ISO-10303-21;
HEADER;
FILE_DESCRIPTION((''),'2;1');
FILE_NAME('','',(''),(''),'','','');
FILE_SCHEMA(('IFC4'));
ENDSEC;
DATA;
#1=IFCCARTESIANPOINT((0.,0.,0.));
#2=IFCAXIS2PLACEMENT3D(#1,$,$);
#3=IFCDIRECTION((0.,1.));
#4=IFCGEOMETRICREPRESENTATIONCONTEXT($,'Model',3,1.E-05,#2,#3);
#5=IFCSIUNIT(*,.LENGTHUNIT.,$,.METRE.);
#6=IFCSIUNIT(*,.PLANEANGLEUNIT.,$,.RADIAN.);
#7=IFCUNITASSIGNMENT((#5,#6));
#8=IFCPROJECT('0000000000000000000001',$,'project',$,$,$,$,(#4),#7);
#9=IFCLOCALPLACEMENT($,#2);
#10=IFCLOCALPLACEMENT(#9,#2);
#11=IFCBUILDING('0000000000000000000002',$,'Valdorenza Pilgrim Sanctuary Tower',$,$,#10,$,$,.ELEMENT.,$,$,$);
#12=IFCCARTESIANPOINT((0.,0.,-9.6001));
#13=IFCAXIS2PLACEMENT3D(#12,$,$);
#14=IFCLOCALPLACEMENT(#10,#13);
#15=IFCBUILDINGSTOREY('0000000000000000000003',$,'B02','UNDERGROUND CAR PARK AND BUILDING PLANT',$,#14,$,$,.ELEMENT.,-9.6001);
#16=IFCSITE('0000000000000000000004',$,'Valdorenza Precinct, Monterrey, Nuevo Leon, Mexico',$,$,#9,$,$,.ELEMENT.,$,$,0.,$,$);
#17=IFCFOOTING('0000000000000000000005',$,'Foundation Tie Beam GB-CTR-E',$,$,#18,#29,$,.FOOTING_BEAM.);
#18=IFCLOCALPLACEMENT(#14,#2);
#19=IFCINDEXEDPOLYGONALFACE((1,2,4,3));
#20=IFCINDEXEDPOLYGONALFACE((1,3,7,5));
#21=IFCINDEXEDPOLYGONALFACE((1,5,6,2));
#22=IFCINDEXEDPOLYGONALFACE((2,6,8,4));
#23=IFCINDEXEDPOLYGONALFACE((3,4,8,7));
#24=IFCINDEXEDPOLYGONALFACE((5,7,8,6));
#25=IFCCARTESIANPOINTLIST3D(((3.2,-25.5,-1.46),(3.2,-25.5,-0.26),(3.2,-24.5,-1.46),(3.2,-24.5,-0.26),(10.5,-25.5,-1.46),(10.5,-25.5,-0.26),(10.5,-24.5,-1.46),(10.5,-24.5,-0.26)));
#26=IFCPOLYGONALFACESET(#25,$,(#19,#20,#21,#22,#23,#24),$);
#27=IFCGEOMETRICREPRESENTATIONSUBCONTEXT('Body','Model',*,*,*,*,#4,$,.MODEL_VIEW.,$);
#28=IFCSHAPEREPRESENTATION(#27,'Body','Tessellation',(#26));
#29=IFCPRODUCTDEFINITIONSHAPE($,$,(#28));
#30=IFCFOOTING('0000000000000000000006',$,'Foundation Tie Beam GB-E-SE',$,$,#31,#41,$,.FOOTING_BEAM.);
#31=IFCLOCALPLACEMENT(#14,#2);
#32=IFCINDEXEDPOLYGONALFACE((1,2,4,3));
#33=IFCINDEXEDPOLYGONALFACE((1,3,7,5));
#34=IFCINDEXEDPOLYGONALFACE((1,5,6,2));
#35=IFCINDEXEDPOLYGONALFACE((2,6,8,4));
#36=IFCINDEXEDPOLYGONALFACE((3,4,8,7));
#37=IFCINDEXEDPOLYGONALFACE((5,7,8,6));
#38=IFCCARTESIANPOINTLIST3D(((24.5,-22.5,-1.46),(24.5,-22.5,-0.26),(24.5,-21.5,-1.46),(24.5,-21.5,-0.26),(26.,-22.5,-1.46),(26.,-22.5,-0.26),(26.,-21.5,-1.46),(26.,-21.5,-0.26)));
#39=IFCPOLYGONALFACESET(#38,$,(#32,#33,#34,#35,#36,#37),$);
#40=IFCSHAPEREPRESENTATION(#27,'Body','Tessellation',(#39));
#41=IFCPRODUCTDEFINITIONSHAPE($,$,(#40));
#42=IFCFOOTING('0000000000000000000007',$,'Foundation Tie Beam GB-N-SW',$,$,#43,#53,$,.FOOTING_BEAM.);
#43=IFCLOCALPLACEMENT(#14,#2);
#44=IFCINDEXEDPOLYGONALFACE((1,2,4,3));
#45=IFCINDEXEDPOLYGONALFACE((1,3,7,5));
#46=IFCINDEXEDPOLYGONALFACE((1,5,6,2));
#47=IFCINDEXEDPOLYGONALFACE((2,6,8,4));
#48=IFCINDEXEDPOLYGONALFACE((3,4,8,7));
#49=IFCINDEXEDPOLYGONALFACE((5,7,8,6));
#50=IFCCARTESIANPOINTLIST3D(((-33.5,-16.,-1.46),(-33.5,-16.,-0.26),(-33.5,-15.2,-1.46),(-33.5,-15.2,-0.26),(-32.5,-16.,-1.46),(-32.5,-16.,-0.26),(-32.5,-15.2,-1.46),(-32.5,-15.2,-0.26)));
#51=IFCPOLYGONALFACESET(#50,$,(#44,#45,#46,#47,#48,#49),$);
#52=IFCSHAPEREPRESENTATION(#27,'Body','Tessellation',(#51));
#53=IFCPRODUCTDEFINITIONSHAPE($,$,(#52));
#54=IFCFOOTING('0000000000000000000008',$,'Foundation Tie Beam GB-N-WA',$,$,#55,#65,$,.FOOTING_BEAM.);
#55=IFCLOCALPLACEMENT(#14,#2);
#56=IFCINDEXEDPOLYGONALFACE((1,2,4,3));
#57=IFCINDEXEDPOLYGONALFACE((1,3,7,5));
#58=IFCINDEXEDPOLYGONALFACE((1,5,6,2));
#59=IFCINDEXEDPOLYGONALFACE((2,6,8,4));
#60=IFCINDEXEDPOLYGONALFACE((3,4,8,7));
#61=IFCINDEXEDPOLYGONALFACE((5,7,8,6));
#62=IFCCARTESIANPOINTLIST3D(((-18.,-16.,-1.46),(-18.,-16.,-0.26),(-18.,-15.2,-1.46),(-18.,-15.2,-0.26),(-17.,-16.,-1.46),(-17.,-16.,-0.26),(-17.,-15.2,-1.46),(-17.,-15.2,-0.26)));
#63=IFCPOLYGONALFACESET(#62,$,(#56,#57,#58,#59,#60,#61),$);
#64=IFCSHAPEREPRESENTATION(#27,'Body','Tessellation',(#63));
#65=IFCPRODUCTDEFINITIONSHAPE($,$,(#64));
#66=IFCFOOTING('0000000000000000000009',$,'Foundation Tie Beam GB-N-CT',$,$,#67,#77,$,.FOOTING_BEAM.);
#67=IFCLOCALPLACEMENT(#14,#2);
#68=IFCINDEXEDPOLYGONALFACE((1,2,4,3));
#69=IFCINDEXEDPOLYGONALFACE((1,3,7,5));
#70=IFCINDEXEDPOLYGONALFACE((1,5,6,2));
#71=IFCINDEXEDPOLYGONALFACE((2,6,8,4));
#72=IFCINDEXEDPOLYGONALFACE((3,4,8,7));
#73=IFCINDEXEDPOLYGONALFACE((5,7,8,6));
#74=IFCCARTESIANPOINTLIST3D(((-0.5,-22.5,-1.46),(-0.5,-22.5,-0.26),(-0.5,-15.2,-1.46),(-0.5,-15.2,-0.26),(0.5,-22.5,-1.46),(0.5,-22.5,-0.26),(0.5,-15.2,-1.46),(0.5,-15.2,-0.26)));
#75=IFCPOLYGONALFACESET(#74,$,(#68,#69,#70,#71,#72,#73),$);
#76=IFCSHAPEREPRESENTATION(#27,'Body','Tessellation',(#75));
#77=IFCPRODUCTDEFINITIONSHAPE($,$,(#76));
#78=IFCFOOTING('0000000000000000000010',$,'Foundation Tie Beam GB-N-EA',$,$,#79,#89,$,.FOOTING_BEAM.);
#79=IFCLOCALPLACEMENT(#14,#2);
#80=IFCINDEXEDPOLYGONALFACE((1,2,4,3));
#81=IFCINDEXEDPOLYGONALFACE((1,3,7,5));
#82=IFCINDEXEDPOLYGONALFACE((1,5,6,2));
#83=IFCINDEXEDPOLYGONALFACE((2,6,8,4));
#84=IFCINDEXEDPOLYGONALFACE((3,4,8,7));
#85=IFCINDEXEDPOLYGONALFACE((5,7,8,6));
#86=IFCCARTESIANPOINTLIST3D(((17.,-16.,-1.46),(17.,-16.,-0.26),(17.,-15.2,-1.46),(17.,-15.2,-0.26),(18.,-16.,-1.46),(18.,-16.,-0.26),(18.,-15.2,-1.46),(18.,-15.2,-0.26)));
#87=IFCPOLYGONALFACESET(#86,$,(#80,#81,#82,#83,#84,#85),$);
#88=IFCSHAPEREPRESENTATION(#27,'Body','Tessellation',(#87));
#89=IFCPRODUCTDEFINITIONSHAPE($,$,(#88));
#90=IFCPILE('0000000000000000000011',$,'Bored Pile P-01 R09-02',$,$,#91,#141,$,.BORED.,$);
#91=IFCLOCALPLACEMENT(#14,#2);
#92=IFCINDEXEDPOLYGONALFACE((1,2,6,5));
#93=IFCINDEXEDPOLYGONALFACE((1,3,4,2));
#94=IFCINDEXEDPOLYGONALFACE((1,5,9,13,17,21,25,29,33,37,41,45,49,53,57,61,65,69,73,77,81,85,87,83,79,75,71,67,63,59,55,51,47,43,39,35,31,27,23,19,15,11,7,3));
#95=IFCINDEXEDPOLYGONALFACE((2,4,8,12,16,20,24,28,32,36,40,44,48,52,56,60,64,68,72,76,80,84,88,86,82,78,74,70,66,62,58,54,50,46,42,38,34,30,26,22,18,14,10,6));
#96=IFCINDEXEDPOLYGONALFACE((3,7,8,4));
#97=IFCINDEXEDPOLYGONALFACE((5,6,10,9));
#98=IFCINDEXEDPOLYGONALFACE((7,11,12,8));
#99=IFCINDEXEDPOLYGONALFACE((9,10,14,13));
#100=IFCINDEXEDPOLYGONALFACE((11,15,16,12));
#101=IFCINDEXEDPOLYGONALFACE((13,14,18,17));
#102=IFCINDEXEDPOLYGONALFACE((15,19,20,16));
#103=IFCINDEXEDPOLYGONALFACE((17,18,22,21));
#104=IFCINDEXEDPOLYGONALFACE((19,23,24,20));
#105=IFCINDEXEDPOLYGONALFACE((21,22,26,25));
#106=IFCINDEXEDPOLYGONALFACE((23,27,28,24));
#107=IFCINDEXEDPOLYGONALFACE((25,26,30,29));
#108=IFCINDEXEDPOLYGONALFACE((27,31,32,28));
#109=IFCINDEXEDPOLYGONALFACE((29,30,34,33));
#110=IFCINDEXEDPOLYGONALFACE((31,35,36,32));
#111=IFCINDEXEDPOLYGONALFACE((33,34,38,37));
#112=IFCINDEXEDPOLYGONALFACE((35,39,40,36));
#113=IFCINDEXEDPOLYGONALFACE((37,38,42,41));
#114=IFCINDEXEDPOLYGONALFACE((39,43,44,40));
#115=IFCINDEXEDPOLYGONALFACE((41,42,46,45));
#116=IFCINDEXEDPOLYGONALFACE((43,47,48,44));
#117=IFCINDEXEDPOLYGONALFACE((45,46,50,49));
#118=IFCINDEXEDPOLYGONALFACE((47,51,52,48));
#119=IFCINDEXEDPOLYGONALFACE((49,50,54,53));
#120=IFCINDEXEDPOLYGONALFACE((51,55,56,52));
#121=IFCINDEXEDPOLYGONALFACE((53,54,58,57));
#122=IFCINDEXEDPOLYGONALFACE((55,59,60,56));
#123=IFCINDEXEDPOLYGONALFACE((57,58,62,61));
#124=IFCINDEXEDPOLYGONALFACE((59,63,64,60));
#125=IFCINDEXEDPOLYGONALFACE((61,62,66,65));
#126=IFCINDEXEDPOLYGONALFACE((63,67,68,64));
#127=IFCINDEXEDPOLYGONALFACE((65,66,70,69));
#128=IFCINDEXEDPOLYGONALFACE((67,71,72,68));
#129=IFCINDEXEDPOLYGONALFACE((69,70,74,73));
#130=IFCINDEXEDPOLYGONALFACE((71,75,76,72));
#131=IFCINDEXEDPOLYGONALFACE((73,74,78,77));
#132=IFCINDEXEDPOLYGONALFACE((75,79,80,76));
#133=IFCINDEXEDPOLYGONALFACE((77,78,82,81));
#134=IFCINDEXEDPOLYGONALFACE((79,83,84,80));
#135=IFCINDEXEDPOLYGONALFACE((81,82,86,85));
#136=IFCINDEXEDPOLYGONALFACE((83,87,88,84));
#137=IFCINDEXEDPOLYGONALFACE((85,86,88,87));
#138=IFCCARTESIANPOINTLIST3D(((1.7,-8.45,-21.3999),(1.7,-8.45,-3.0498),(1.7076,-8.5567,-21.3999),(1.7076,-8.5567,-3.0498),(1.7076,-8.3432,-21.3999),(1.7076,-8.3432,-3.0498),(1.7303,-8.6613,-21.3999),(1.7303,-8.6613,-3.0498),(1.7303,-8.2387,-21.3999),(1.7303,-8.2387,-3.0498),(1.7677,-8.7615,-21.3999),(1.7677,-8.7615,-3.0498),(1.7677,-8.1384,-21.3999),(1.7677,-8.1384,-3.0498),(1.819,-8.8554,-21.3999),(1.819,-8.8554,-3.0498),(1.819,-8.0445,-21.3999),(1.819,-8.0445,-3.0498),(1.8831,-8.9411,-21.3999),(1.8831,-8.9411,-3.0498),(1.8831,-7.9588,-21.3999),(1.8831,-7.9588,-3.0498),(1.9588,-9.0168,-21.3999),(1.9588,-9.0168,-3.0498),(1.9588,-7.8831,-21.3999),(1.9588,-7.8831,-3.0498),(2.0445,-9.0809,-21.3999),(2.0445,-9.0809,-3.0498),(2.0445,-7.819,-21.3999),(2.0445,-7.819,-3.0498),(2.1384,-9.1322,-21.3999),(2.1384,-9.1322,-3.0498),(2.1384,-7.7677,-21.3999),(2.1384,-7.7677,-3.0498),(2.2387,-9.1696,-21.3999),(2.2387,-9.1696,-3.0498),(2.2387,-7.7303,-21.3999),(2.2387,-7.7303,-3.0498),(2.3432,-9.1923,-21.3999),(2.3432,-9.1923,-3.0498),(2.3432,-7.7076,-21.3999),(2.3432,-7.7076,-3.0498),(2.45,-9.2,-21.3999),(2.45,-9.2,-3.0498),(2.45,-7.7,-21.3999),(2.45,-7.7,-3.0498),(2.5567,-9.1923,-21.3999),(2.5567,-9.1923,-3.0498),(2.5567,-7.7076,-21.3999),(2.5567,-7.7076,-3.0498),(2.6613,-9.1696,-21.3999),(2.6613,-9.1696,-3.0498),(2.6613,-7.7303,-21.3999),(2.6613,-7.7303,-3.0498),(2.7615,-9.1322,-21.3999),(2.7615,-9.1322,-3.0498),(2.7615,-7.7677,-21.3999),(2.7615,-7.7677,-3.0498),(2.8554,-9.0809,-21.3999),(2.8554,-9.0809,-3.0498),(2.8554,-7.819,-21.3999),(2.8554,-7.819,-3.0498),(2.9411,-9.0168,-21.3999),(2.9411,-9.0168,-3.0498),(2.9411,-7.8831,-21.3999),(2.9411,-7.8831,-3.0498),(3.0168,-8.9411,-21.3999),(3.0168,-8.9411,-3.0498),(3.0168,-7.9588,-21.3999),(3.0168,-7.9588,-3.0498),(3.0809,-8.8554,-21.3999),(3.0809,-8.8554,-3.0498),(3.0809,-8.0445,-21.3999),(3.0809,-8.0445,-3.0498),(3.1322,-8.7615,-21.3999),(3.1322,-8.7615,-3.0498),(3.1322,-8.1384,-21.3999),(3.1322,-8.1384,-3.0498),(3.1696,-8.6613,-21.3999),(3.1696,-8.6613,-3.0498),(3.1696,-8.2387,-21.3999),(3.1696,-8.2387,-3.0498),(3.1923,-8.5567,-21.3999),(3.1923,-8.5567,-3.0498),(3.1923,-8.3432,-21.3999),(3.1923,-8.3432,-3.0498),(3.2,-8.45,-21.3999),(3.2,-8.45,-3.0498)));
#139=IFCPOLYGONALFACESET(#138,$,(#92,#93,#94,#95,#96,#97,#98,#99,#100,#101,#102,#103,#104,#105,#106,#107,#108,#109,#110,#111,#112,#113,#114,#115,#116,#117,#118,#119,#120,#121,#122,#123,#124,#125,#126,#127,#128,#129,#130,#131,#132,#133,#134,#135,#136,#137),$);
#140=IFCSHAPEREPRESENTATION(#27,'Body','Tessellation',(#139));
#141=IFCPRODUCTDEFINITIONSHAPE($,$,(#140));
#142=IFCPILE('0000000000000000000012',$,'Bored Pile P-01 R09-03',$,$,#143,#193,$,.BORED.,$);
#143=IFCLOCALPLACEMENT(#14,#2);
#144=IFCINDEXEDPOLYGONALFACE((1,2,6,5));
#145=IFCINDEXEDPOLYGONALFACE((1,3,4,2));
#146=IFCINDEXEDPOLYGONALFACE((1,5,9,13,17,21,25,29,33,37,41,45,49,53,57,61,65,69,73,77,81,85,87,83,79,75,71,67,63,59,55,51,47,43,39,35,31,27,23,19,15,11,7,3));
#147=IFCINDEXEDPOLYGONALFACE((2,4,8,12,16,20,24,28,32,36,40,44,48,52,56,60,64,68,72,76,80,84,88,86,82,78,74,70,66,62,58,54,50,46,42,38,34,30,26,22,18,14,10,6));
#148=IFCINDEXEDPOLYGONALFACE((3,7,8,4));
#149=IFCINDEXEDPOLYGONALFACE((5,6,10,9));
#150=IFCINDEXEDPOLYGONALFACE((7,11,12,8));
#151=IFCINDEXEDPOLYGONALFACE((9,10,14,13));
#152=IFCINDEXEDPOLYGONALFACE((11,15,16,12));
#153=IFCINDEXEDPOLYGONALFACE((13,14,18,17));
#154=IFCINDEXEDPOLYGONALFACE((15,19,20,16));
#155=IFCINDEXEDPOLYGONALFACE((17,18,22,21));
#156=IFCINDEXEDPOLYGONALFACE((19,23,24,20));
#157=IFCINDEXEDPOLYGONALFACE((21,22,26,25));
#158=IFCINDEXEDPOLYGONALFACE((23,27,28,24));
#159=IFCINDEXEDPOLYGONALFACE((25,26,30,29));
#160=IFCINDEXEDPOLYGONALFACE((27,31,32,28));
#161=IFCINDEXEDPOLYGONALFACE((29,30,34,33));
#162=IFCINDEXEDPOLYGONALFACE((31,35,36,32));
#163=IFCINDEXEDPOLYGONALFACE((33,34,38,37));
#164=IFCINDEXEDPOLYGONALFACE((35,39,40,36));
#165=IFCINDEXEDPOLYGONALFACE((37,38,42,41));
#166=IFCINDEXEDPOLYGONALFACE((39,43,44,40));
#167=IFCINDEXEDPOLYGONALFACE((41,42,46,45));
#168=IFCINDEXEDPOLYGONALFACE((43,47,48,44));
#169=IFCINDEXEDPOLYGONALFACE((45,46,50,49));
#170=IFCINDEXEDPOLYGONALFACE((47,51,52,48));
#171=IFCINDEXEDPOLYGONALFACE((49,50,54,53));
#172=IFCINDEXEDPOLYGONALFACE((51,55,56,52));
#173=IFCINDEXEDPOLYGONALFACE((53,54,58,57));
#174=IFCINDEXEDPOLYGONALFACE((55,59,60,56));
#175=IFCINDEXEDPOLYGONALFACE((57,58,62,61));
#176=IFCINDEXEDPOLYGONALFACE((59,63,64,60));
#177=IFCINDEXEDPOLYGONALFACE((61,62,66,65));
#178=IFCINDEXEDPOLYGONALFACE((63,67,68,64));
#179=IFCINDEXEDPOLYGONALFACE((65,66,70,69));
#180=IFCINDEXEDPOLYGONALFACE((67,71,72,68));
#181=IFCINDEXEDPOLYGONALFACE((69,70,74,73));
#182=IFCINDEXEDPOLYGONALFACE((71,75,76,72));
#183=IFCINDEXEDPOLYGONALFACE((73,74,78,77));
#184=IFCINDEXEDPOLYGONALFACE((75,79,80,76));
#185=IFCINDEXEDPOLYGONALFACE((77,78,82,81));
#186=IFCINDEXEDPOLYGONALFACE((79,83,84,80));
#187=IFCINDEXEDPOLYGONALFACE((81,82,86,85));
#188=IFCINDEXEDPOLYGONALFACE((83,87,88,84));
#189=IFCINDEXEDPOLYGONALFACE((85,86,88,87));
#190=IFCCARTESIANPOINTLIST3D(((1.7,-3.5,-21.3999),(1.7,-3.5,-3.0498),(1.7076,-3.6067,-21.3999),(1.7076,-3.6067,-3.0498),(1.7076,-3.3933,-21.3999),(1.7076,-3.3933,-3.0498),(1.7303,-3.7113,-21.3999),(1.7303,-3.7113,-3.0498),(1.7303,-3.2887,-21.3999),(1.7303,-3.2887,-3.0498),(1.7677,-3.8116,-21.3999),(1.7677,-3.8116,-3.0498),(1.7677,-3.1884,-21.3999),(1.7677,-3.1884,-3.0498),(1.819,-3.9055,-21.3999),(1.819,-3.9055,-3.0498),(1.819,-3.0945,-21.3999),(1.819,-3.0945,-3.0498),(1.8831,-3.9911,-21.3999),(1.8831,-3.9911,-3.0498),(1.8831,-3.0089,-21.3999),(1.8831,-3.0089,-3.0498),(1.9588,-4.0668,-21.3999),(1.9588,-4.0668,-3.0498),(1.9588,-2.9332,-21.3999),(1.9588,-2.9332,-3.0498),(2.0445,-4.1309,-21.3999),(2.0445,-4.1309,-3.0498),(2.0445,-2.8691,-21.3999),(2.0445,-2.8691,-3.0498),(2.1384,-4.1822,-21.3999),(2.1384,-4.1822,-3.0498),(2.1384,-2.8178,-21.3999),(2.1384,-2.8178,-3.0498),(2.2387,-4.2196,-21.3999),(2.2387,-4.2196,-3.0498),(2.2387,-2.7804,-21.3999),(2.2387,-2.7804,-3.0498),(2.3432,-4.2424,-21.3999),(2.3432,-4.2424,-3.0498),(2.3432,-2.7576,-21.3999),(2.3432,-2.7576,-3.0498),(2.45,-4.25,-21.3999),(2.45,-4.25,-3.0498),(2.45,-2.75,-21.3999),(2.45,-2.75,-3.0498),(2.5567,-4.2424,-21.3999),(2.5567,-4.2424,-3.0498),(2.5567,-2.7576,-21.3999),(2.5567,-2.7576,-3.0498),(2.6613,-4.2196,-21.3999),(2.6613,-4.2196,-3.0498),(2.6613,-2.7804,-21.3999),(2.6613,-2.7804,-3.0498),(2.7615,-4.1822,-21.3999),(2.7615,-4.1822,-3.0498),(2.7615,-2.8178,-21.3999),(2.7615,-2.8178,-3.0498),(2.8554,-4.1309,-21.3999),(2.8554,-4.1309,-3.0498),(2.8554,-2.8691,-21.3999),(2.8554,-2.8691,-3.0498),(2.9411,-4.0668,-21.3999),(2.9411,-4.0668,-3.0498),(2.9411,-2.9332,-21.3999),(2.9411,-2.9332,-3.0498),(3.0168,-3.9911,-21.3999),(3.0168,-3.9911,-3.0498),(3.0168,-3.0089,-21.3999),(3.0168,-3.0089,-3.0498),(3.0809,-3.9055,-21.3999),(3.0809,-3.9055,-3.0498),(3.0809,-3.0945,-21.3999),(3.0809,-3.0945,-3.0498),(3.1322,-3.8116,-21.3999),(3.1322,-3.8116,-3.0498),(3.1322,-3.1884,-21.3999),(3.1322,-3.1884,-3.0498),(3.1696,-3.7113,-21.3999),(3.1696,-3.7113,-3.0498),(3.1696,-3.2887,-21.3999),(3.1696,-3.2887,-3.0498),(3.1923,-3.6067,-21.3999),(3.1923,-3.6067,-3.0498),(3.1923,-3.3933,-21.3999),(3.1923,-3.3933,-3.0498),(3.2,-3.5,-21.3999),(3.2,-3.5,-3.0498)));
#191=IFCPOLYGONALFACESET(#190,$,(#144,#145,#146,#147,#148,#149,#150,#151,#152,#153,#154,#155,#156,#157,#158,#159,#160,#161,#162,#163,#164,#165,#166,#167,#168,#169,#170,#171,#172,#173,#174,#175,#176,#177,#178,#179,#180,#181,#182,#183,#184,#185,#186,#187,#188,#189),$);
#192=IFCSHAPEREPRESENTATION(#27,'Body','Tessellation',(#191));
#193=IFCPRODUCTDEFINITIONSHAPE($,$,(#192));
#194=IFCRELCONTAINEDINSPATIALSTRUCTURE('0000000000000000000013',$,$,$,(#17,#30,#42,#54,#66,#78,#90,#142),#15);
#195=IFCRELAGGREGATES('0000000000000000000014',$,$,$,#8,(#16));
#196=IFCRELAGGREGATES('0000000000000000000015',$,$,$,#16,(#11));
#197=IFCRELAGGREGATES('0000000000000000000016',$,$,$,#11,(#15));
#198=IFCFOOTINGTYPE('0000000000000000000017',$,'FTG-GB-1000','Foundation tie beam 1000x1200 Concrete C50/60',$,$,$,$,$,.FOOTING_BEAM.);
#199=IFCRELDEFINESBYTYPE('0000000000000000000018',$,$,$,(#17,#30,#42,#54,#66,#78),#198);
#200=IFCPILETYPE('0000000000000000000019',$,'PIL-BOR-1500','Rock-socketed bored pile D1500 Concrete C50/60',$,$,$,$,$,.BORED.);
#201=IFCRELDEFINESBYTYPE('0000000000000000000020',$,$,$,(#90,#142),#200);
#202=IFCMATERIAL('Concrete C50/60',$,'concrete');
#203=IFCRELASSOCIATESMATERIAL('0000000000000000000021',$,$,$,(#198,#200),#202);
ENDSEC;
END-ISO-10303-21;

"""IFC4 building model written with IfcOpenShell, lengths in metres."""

from ifc_helpers import new_model, si_unit, direction, frame, origin, origin_2d, place, context, subcontext, project, spatial, polyline, circle, outline, extrude, source, transform, mapped, material, material_profile, profile_set, type_object, element, save


model = new_model("IFC4")

# Units and contexts
model_context = context("Model", 3, precision=1e-05, world=origin(), true_north=direction((0.0, 1.0)))
body_context = subcontext(model_context, "Body", "Model", "MODEL_VIEW")
ifc_project = project(units=[si_unit("LENGTHUNIT", "METRE"), si_unit("PLANEANGLEUNIT", "RADIAN")], contexts=[model_context])

# Site, building, storey
site_placement = place(None, origin())
site = spatial("IfcSite", under=ifc_project, at=site_placement, Name="Valdorenza Precinct, Monterrey, Nuevo Leon, Mexico", CompositionType="ELEMENT", RefElevation=0.0)
building_placement = place(site_placement, origin())
building = spatial("IfcBuilding", under=site, at=building_placement, Name="Valdorenza Pilgrim Sanctuary Tower", CompositionType="ELEMENT")
storey_placement = place(building_placement, frame((0.0, 0.0, -9.6001)))
storey = spatial("IfcBuildingStorey", under=building, at=storey_placement, Name="B02", Description="UNDERGROUND CAR PARK AND BUILDING PLANT", CompositionType="ELEMENT", Elevation=-9.6001)

# Footings
ifc_material_1 = material(Name="Concrete C50/60", Category="concrete")
footing_type = type_object("IfcFootingType", Name="FTG-GB-1000", Description="Foundation tie beam 1000x1200 Concrete C50/60", PredefinedType="FOOTING_BEAM", material=ifc_material_1)
footing_1_placement = place(storey_placement, frame((0.0, 0.0, -1.46)))
element("IfcFooting", 1, at=footing_1_placement, inside=storey, type_object=footing_type, Name="Foundation Tie Beam GB-CTR-E", PredefinedType="FOOTING_BEAM", context=body_context, shape_type="SweptSolid", body=[
    extrude(outline(polyline([(3.2, -25.5), (10.5, -25.5), (10.5, -24.5), (3.2, -24.5), (3.2, -25.5)])), origin(), (0.0, 0.0, 1.0), 1.2),
])
footing_2_placement = place(storey_placement, frame((0.0, 0.0, -1.46)))
element("IfcFooting", 2, at=footing_2_placement, inside=storey, type_object=footing_type, Name="Foundation Tie Beam GB-E-SE", PredefinedType="FOOTING_BEAM", context=body_context, shape_type="SweptSolid", body=[
    extrude(outline(polyline([(24.5, -22.5), (26.0, -22.5), (26.0, -21.5), (24.5, -21.5), (24.5, -22.5)])), origin(), (0.0, 0.0, 1.0), 1.2),
])
footing_3_placement = place(storey_placement, frame((0.0, 0.0, -1.46)))
element("IfcFooting", 3, at=footing_3_placement, inside=storey, type_object=footing_type, Name="Foundation Tie Beam GB-N-SW", PredefinedType="FOOTING_BEAM", context=body_context, shape_type="SweptSolid", body=[
    extrude(outline(polyline([(-33.5, -16.0), (-32.5, -16.0), (-32.5, -15.2), (-33.5, -15.2), (-33.5, -16.0)])), origin(), (0.0, 0.0, 1.0), 1.2),
])
footing_4_placement = place(storey_placement, frame((0.0, 0.0, -1.46)))
element("IfcFooting", 4, at=footing_4_placement, inside=storey, type_object=footing_type, Name="Foundation Tie Beam GB-N-WA", PredefinedType="FOOTING_BEAM", context=body_context, shape_type="SweptSolid", body=[
    extrude(outline(polyline([(-18.0, -16.0), (-17.0, -16.0), (-17.0, -15.2), (-18.0, -15.2), (-18.0, -16.0)])), origin(), (0.0, 0.0, 1.0), 1.2),
])
footing_5_placement = place(storey_placement, frame((0.0, 0.0, -1.46)))
element("IfcFooting", 5, at=footing_5_placement, inside=storey, type_object=footing_type, Name="Foundation Tie Beam GB-N-CT", PredefinedType="FOOTING_BEAM", context=body_context, shape_type="SweptSolid", body=[
    extrude(outline(polyline([(-0.5, -22.5), (0.5, -22.5), (0.5, -15.2), (-0.5, -15.2), (-0.5, -22.5)])), origin(), (0.0, 0.0, 1.0), 1.2),
])
footing_6_placement = place(storey_placement, frame((0.0, 0.0, -1.46)))
element("IfcFooting", 6, at=footing_6_placement, inside=storey, type_object=footing_type, Name="Foundation Tie Beam GB-N-EA", PredefinedType="FOOTING_BEAM", context=body_context, shape_type="SweptSolid", body=[
    extrude(outline(polyline([(17.0, -16.0), (18.0, -16.0), (18.0, -15.2), (17.0, -15.2), (17.0, -16.0)])), origin(), (0.0, 0.0, 1.0), 1.2),
])

# Piles
ifc_material_profile_1 = material_profile(ifc_material_1, circle(Radius=0.75, at=origin_2d()), Name="BORED PILE 1500")
ifc_profile_set_1 = profile_set([ifc_material_profile_1], Name="Concrete C50/60")
pile_type = type_object("IfcPileType", Name="PIL-BOR-1500", Description="Rock-socketed bored pile D1500 Concrete C50/60", PredefinedType="BORED", material=ifc_profile_set_1)
shared_shape_1 = source(origin(), body_context, "Body", "SweptSolid", [
    extrude(circle(Radius=0.75, at=origin_2d()), origin(), (0.0, 0.0, 1.0), 18.3501),
])
for number, where, z_axis, x_axis, name in (
    (7, (2.45, -8.45, -3.0498), (0.0, 0.0, -1.0), (1.0, 0.0, 0.0), "Bored Pile P-01 R09-02"),
    (8, (2.45, -3.5, -3.0498), (0.0, 0.0, -1.0), (1.0, 0.0, 0.0), "Bored Pile P-01 R09-03"),
):
    element("IfcPile", number, at=place(storey_placement, frame(where, z_axis=z_axis, x_axis=x_axis)), inside=storey, type_object=pile_type, Name=name, PredefinedType="BORED", context=body_context, shape_type="MappedRepresentation", body=[
        mapped(shared_shape_1, transform((0.0, 0.0, 0.0), x_axis=(1.0, 0.0, 0.0), y_axis=(0.0, 1.0, 0.0), z_axis=(0.0, 0.0, 1.0), scale=1.0)),
    ])

save(model, "model.ifc")
